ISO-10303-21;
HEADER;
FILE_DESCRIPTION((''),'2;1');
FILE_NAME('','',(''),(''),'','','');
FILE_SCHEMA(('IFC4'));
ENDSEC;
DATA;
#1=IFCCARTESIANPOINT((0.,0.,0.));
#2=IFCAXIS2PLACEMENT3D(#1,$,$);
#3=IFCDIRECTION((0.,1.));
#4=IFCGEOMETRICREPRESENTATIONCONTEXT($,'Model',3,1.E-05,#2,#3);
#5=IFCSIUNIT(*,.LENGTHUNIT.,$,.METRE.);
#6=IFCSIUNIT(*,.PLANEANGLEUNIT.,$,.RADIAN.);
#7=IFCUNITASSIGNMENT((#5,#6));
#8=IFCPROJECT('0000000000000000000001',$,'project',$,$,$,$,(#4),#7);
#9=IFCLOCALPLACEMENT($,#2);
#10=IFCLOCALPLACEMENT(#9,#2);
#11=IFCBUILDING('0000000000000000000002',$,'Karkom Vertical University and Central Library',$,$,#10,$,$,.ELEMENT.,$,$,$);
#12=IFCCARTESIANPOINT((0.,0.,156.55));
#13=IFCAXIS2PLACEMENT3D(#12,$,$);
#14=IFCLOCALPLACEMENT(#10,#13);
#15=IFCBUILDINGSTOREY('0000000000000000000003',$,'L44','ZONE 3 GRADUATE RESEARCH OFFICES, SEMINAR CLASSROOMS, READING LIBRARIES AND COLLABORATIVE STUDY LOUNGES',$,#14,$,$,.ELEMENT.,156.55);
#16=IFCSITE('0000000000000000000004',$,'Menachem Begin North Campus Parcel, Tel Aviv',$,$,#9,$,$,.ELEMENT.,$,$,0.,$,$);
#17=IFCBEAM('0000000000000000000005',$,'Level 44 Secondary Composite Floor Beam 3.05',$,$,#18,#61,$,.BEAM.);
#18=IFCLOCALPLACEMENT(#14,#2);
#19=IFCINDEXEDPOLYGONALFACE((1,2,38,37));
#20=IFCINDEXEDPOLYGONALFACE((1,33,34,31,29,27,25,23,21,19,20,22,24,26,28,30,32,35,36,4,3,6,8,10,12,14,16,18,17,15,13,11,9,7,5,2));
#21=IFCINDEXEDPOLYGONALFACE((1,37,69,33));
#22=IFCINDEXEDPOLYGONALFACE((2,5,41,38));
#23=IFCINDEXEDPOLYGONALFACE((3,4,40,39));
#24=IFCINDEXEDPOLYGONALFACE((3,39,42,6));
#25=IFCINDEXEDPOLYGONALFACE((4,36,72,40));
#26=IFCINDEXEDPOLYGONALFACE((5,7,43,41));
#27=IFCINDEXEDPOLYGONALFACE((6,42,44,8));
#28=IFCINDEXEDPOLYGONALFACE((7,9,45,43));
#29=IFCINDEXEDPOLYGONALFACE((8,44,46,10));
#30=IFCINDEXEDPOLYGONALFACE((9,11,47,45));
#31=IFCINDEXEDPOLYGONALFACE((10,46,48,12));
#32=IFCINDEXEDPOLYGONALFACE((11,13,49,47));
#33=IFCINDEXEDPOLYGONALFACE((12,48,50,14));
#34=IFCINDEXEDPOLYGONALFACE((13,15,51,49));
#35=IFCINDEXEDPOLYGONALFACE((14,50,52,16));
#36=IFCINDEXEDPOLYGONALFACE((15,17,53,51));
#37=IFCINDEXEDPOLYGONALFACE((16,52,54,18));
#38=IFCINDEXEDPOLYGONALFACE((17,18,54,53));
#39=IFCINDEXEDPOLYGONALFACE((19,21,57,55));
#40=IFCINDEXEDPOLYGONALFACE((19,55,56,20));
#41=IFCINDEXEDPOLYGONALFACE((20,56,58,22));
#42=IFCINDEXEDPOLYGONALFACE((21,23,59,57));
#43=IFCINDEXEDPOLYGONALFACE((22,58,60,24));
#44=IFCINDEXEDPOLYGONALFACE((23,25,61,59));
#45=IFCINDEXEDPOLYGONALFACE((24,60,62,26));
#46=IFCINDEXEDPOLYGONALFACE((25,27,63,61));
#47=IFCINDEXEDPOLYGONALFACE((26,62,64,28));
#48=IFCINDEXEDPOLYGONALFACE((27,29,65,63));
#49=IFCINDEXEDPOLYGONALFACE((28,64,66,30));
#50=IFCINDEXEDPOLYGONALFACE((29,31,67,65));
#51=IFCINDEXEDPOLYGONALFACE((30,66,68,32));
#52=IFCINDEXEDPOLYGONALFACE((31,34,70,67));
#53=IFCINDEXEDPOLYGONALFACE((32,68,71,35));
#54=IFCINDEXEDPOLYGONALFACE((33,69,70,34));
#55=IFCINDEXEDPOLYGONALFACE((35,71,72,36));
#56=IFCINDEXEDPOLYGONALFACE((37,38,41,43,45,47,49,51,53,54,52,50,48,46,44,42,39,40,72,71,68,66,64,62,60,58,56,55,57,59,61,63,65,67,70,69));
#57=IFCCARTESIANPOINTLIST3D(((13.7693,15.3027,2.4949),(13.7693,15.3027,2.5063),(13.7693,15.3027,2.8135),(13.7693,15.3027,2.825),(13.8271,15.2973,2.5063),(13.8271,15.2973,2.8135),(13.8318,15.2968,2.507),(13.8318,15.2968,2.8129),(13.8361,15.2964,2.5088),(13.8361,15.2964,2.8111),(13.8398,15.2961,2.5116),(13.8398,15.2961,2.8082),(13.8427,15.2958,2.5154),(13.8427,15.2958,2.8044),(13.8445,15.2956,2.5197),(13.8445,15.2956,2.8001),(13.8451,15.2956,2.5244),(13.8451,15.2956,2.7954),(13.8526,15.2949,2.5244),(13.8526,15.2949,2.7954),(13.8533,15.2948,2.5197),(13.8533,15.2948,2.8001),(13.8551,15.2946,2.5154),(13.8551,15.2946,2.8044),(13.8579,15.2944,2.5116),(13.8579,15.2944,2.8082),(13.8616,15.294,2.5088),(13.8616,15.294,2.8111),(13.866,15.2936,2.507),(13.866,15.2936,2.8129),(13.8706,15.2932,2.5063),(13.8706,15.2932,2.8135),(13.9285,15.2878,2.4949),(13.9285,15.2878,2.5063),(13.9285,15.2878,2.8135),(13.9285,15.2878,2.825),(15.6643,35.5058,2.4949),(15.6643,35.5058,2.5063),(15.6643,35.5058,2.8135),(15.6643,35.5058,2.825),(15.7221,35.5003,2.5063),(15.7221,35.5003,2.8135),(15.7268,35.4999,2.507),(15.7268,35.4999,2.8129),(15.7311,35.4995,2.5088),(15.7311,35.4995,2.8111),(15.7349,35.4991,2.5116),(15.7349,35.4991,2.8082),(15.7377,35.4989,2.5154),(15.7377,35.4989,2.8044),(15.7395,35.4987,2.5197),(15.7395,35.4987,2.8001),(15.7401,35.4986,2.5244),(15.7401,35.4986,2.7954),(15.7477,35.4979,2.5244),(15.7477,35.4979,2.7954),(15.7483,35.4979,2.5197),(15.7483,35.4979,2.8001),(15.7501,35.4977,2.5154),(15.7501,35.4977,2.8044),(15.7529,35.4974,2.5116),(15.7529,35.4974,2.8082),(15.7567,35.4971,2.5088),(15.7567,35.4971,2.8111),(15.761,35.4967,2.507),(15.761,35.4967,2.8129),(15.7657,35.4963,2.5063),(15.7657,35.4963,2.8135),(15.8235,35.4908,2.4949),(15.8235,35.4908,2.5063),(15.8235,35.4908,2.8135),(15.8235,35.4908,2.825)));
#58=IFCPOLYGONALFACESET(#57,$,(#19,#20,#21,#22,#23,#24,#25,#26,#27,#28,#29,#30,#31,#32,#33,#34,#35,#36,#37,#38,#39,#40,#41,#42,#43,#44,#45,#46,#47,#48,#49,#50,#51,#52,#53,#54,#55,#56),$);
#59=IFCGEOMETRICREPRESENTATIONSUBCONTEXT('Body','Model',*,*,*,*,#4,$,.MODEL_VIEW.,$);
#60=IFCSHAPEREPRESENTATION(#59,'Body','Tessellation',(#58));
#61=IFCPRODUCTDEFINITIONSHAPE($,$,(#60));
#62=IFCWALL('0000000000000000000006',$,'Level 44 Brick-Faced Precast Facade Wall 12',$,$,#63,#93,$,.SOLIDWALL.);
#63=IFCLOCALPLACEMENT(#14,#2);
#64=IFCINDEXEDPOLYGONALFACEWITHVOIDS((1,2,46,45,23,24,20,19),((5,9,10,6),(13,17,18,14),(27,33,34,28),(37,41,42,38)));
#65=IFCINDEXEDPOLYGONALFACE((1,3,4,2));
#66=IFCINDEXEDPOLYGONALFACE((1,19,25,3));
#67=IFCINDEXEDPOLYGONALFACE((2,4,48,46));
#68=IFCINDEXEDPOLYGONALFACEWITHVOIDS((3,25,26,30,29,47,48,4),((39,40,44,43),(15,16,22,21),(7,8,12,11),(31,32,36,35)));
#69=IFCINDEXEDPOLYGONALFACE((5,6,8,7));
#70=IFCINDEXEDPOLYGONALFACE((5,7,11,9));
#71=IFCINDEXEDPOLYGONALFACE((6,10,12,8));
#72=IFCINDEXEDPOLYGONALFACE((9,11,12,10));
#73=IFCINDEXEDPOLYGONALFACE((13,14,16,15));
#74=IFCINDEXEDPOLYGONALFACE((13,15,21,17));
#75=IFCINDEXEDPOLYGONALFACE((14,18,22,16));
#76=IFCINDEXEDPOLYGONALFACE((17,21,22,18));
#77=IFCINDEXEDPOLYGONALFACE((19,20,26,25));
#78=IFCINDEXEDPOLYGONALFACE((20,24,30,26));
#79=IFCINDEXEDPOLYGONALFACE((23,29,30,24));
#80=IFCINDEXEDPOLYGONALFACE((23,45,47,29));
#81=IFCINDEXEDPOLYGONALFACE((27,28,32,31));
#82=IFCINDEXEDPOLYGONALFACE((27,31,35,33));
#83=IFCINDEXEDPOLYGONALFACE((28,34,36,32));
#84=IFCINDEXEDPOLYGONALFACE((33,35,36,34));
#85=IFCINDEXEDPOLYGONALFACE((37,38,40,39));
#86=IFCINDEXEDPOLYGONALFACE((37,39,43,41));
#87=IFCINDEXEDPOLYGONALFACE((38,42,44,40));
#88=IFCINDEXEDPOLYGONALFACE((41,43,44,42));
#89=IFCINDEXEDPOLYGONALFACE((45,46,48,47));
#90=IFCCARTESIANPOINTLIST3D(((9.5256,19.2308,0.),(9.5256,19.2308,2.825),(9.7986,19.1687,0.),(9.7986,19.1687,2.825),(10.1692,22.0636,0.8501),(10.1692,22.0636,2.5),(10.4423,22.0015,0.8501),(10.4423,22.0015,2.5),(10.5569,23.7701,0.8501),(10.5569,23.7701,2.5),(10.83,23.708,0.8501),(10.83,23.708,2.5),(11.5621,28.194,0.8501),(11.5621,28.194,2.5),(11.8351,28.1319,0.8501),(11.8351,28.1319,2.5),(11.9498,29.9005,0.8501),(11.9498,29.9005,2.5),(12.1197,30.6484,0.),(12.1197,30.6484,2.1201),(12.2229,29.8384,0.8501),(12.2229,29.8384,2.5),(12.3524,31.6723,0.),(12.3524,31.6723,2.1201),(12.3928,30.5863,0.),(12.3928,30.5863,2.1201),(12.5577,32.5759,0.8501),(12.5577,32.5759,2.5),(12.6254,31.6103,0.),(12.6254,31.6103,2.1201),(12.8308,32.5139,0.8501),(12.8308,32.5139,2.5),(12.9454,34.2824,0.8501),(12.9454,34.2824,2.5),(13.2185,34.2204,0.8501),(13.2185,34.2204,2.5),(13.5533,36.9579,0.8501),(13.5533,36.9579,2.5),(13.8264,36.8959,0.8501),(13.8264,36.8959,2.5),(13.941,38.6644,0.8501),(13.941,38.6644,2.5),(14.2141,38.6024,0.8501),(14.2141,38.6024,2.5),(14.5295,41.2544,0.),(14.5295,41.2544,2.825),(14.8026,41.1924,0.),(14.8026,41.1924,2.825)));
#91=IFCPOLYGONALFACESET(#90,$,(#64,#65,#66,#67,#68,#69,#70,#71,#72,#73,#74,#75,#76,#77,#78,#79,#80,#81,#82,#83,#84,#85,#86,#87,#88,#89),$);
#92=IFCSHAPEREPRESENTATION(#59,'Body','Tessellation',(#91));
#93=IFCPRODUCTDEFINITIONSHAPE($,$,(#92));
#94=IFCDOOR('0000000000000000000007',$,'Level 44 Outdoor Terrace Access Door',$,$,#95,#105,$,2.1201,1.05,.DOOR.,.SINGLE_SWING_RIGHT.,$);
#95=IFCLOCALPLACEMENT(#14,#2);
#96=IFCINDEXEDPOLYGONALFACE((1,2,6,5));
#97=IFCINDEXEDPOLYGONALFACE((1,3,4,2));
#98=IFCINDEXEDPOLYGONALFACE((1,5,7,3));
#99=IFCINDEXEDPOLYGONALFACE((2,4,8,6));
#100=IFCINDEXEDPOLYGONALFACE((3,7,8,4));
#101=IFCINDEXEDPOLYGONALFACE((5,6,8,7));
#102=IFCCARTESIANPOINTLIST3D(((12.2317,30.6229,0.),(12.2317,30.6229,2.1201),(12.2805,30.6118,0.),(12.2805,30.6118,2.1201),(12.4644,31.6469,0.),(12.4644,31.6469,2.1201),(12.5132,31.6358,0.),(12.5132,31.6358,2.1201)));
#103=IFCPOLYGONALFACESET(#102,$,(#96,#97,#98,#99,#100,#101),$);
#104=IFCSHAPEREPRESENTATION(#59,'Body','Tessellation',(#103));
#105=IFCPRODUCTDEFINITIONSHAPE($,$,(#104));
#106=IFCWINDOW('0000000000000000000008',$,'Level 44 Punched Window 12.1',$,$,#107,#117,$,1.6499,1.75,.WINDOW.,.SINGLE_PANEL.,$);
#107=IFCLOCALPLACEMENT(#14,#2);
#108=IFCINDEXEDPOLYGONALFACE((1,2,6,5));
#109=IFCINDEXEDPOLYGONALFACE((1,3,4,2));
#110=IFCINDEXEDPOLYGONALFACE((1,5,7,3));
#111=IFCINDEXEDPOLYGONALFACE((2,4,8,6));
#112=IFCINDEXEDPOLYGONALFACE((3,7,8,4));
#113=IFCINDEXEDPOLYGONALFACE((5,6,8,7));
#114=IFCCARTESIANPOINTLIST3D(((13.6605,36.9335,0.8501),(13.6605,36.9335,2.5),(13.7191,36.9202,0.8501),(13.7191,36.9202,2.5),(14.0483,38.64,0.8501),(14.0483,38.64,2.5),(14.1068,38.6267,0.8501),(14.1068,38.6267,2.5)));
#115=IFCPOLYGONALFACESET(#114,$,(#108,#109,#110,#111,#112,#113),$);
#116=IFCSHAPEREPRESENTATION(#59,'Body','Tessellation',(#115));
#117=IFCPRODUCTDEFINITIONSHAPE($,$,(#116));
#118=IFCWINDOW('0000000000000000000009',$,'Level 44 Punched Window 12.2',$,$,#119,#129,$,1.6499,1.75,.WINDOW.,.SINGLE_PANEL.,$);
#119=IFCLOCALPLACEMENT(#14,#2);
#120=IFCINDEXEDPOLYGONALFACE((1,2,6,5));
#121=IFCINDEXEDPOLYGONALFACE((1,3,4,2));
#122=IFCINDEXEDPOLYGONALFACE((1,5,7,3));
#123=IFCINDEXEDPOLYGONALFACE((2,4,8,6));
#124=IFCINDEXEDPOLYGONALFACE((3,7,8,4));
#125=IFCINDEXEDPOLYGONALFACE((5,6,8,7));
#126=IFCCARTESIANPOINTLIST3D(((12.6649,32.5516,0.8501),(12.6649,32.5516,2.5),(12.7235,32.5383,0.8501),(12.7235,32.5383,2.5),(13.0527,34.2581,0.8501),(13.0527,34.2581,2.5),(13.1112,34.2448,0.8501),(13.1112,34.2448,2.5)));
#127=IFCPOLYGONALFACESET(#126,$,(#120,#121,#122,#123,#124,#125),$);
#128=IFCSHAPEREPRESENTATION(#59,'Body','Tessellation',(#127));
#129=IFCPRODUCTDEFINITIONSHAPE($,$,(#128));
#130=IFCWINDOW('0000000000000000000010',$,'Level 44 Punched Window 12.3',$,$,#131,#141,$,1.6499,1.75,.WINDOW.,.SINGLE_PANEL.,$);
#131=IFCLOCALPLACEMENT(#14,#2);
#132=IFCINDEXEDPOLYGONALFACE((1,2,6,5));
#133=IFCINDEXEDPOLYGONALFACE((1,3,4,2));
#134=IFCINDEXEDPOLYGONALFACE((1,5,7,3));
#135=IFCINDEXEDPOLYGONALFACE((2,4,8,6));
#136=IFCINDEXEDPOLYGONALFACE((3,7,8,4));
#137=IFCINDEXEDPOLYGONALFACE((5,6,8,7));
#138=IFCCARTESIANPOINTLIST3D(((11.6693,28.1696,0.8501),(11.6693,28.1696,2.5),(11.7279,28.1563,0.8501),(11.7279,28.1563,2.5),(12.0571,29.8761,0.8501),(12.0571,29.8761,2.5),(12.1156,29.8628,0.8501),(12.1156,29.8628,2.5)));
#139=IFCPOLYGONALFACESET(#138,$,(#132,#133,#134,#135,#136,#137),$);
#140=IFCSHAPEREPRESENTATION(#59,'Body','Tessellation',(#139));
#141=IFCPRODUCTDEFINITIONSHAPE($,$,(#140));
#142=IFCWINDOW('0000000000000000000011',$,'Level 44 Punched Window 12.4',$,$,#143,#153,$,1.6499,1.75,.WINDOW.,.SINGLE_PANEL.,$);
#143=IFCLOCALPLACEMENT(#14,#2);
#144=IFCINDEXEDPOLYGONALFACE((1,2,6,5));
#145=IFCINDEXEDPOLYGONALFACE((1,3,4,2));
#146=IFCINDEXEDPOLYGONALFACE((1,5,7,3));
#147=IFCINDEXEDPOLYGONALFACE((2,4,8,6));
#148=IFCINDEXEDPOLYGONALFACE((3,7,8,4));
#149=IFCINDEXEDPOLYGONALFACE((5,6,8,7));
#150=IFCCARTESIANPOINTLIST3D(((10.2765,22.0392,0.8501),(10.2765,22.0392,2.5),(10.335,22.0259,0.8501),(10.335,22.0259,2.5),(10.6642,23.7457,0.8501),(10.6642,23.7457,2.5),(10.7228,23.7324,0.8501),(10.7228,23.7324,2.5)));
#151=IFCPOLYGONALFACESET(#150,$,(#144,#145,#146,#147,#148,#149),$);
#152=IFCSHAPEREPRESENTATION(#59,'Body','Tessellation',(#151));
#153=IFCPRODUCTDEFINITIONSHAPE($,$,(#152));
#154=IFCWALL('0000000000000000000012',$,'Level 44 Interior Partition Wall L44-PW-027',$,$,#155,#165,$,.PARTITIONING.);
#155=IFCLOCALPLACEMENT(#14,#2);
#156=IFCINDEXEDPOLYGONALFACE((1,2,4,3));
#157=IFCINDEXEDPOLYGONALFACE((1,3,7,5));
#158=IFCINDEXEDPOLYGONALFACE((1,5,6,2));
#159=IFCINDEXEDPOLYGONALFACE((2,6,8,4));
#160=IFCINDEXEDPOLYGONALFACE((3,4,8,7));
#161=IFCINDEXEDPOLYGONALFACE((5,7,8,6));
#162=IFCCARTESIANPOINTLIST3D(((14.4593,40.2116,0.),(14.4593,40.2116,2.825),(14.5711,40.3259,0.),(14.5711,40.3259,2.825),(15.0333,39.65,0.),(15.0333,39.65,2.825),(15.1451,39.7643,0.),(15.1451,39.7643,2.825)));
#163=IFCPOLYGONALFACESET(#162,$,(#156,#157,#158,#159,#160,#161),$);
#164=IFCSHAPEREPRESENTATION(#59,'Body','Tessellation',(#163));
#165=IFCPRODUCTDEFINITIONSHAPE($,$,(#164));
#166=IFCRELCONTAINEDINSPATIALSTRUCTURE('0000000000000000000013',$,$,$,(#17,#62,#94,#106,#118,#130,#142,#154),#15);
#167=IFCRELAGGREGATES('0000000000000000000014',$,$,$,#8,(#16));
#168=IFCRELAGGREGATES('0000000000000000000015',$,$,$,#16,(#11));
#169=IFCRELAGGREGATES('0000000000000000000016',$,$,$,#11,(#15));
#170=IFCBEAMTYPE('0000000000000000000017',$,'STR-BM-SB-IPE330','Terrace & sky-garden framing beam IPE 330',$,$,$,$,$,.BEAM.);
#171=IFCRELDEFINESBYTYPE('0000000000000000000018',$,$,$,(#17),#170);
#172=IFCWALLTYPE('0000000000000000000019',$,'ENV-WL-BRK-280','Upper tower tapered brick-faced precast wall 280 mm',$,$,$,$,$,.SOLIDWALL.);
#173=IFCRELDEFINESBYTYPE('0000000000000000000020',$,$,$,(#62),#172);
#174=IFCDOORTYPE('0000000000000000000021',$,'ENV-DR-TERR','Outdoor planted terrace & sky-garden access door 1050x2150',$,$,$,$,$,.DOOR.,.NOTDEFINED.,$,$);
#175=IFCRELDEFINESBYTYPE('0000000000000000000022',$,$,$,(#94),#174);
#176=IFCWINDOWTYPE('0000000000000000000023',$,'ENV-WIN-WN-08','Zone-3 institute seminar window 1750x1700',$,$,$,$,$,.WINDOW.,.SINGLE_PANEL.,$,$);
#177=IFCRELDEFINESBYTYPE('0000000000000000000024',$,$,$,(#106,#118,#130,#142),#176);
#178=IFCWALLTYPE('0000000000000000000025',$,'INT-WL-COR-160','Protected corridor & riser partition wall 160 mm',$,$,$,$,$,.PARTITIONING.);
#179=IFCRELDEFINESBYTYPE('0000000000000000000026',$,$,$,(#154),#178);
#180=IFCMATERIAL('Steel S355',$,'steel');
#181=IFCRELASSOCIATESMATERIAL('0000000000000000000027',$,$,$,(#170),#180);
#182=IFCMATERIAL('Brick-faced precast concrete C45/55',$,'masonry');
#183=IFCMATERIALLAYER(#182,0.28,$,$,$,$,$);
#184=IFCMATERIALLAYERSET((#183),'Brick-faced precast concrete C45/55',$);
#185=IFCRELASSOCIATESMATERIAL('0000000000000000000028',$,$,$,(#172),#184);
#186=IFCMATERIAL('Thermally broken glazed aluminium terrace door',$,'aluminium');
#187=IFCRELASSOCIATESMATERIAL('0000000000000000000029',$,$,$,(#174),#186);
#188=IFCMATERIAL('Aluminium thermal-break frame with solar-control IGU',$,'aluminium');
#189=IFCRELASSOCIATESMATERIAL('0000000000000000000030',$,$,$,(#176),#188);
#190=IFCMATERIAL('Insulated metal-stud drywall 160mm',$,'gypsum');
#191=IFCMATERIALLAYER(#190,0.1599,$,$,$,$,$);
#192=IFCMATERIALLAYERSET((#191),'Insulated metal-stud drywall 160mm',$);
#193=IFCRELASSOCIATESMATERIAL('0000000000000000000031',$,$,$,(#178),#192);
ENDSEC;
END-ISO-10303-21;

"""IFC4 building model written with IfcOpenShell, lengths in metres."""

from ifc_helpers import new_model, si_unit, direction, frame, frame_2d, origin, origin_with_axes, origin_2d, place, context, subcontext, project, spatial, rectangle, i_section, extrude, source, transform, mapped, material, layer, layer_set, material_profile, profile_set, type_object, element, fill, save


model = new_model("IFC4")

# Units and contexts
model_context = context("Model", 3, precision=1e-05, world=origin(), true_north=direction((0.0, 1.0)))
body_context = subcontext(model_context, "Body", "Model", "MODEL_VIEW")
ifc_project = project(units=[si_unit("LENGTHUNIT", "METRE"), si_unit("PLANEANGLEUNIT", "RADIAN")], contexts=[model_context])

# Site, building, storey
site_placement = place(None, origin())
site = spatial("IfcSite", under=ifc_project, at=site_placement, Name="Menachem Begin North Campus Parcel, Tel Aviv", CompositionType="ELEMENT", RefElevation=0.0)
building_placement = place(site_placement, origin())
building = spatial("IfcBuilding", under=site, at=building_placement, Name="Karkom Vertical University and Central Library", CompositionType="ELEMENT")
storey_placement = place(building_placement, frame((0.0, 0.0, 156.55)))
storey = spatial("IfcBuildingStorey", under=building, at=storey_placement, Name="L44", Description="ZONE 3 GRADUATE RESEARCH OFFICES, SEMINAR CLASSROOMS, READING LIBRARIES AND COLLABORATIVE STUDY LOUNGES", CompositionType="ELEMENT", Elevation=156.55)

# Beam
ifc_material_1 = material(Name="Steel S355", Category="steel")
ifc_material_profile_1 = material_profile(ifc_material_1, i_section(OverallWidth=0.1599, OverallDepth=0.3301, WebThickness=0.0076, FlangeThickness=0.0115, FilletRadius=0.0181, at=origin_2d()), Name="IPE 330")
ifc_profile_set_1 = profile_set([ifc_material_profile_1], Name="Steel S355")
beam_type_1 = type_object("IfcBeamType", Name="STR-BM-SB-IPE330", Description="Terrace & sky-garden framing beam IPE 330", PredefinedType="BEAM", material=ifc_profile_set_1)
shared_shape_1 = source(origin_with_axes(), body_context, "Body", "SweptSolid", [
    extrude(i_section(OverallWidth=0.1599, OverallDepth=0.3301, WebThickness=0.0076, FlangeThickness=0.0115, FilletRadius=0.0181, at=origin_2d()), origin(), (0.0, 0.0, 1.0), 20.2917),
])
beam_1_placement = place(storey_placement, frame((15.7439, 35.4983, 2.6599), z_axis=(-0.093388, -0.99563, 0.0), x_axis=(0.99563, -0.093388, 0.0)))
element("IfcBeam", 1, at=beam_1_placement, inside=storey, type_object=beam_type_1, Name="Level 44 Secondary Composite Floor Beam 3.05", PredefinedType="BEAM", context=body_context, shape_type="MappedRepresentation", body=[
    mapped(shared_shape_1, transform((0.0, 0.0, 0.0), scale=1.0)),
])

# Wall, openings, door, windows
ifc_material_2 = material(Name="Brick-faced precast concrete C45/55", Category="masonry")
ifc_layer_1 = layer(ifc_material_2, 0.28)
ifc_layer_set_1 = layer_set([ifc_layer_1], Name="Brick-faced precast concrete C45/55")
wall_type_1 = type_object("IfcWallType", Name="ENV-WL-BRK-280", Description="Upper tower tapered brick-faced precast wall 280 mm", PredefinedType="SOLIDWALL", material=ifc_layer_set_1)
wall_1_placement = place(storey_placement, frame((14.666, 41.2234, 0.0), z_axis=(0.0, 0.0, 1.0), x_axis=(-0.221559, -0.975147, 0.0)))
wall_1 = element("IfcWall", 2, at=wall_1_placement, inside=storey, type_object=wall_type_1, Name="Level 44 Brick-Faced Precast Facade Wall 12", PredefinedType="SOLIDWALL", context=body_context, shape_type="SweptSolid", body=[
    extrude(rectangle(XDim=22.585, YDim=0.28, at=frame_2d((11.2925, 0.0))), origin(), (0.0, 0.0, 1.0), 2.825),
])
opening_1_placement = place(wall_1_placement, frame((2.656, 0.0, 0.8501)))
opening_1 = element("IfcOpeningElement", 3, at=opening_1_placement, cuts=wall_1, PredefinedType="OPENING", context=body_context, shape_type="SweptSolid", body=[
    extrude(rectangle(XDim=1.75, YDim=1.6499, at=frame_2d((0.875, 0.825))), frame((0.0, 0.1499, 0.0), z_axis=(0.0, -1.0, 0.0), x_axis=(1.0, 0.0, 0.0)), (0.0, 0.0, 1.0), 0.3),
])
opening_2_placement = place(wall_1_placement, frame((7.1497, 0.0, 0.8501)))
opening_2 = element("IfcOpeningElement", 4, at=opening_2_placement, cuts=wall_1, PredefinedType="OPENING", context=body_context, shape_type="SweptSolid", body=[
    extrude(rectangle(XDim=1.75, YDim=1.6499, at=frame_2d((0.875, 0.825))), frame((0.0, 0.1499, 0.0), z_axis=(0.0, -1.0, 0.0), x_axis=(1.0, 0.0, 0.0)), (0.0, 0.0, 1.0), 0.3),
])
opening_3_placement = place(wall_1_placement, frame((11.6433, 0.0, 0.8501)))
opening_3 = element("IfcOpeningElement", 5, at=opening_3_placement, cuts=wall_1, PredefinedType="OPENING", context=body_context, shape_type="SweptSolid", body=[
    extrude(rectangle(XDim=1.75, YDim=1.6499, at=frame_2d((0.875, 0.825))), frame((0.0, 0.1499, 0.0), z_axis=(0.0, -1.0, 0.0), x_axis=(1.0, 0.0, 0.0)), (0.0, 0.0, 1.0), 0.3),
])
opening_4_placement = place(wall_1_placement, frame((17.9299, 0.0, 0.8501)))
opening_4 = element("IfcOpeningElement", 6, at=opening_4_placement, cuts=wall_1, PredefinedType="OPENING", context=body_context, shape_type="SweptSolid", body=[
    extrude(rectangle(XDim=1.75, YDim=1.6499, at=frame_2d((0.875, 0.825))), frame((0.0, 0.1499, 0.0), z_axis=(0.0, -1.0, 0.0), x_axis=(1.0, 0.0, 0.0)), (0.0, 0.0, 1.0), 0.3),
])
opening_5_placement = place(wall_1_placement, frame((9.8264, 0.0, 0.0)))
opening_5 = element("IfcOpeningElement", 7, at=opening_5_placement, cuts=wall_1, PredefinedType="OPENING", context=body_context, shape_type="SweptSolid", body=[
    extrude(rectangle(XDim=1.05, YDim=2.1201, at=frame_2d((0.5249, 1.0601))), frame((0.0, 0.1499, 0.0), z_axis=(0.0, -1.0, 0.0), x_axis=(1.0, 0.0, 0.0)), (0.0, 0.0, 1.0), 0.3),
])
ifc_material_3 = material(Name="Thermally broken glazed aluminium terrace door", Category="aluminium")
door_type_1 = type_object("IfcDoorType", Name="ENV-DR-TERR", Description="Outdoor planted terrace & sky-garden access door 1050x2150", OperationType="NOTDEFINED", PredefinedType="DOOR", material=ifc_material_3)
shared_shape_2 = source(origin_with_axes(), body_context, "Body", "SweptSolid", [
    extrude(rectangle(XDim=1.05, YDim=2.1201, at=frame_2d((0.5249, 1.0601))), frame((0.0, 0.0249, 0.0), z_axis=(0.0, -1.0, 0.0), x_axis=(1.0, 0.0, 0.0)), (0.0, 0.0, 1.0), 0.05),
])
door_1_placement = place(opening_5_placement, origin())
door_1 = element("IfcDoor", 8, at=door_1_placement, inside=storey, type_object=door_type_1, Name="Level 44 Outdoor Terrace Access Door", OperationType="SINGLE_SWING_RIGHT", OverallHeight=2.1201, OverallWidth=1.05, PredefinedType="DOOR", context=body_context, shape_type="MappedRepresentation", body=[
    mapped(shared_shape_2, transform((0.0, 0.0, 0.0), scale=1.0)),
])
fill(opening_5, door_1)
ifc_material_4 = material(Name="Aluminium thermal-break frame with solar-control IGU", Category="aluminium")
window_type = type_object("IfcWindowType", Name="ENV-WIN-WN-08", Description="Zone-3 institute seminar window 1750x1700", PartitioningType="SINGLE_PANEL", PredefinedType="WINDOW", material=ifc_material_4)
shared_shape_3 = source(origin_with_axes(), body_context, "Body", "SweptSolid", [
    extrude(rectangle(XDim=1.75, YDim=1.6499, at=frame_2d((0.875, 0.825))), frame((0.0, 0.03, 0.0), z_axis=(0.0, -1.0, 0.0), x_axis=(1.0, 0.0, 0.0)), (0.0, 0.0, 1.0), 0.0601),
])
window_1_placement = place(opening_1_placement, origin())
window_1 = element("IfcWindow", 9, at=window_1_placement, inside=storey, type_object=window_type, Name="Level 44 Punched Window 12.1", OverallHeight=1.6499, OverallWidth=1.75, PartitioningType="SINGLE_PANEL", PredefinedType="WINDOW", context=body_context, shape_type="MappedRepresentation", body=[
    mapped(shared_shape_3, transform((0.0, 0.0, 0.0), scale=1.0)),
])
fill(opening_1, window_1)
window_2_placement = place(opening_2_placement, origin())
window_2 = element("IfcWindow", 10, at=window_2_placement, inside=storey, type_object=window_type, Name="Level 44 Punched Window 12.2", OverallHeight=1.6499, OverallWidth=1.75, PartitioningType="SINGLE_PANEL", PredefinedType="WINDOW", context=body_context, shape_type="MappedRepresentation", body=[
    mapped(shared_shape_3, transform((0.0, 0.0, 0.0), scale=1.0)),
])
fill(opening_2, window_2)
window_3_placement = place(opening_3_placement, origin())
window_3 = element("IfcWindow", 11, at=window_3_placement, inside=storey, type_object=window_type, Name="Level 44 Punched Window 12.3", OverallHeight=1.6499, OverallWidth=1.75, PartitioningType="SINGLE_PANEL", PredefinedType="WINDOW", context=body_context, shape_type="MappedRepresentation", body=[
    mapped(shared_shape_3, transform((0.0, 0.0, 0.0), scale=1.0)),
])
fill(opening_3, window_3)
window_4_placement = place(opening_4_placement, origin())
window_4 = element("IfcWindow", 12, at=window_4_placement, inside=storey, type_object=window_type, Name="Level 44 Punched Window 12.4", OverallHeight=1.6499, OverallWidth=1.75, PartitioningType="SINGLE_PANEL", PredefinedType="WINDOW", context=body_context, shape_type="MappedRepresentation", body=[
    mapped(shared_shape_3, transform((0.0, 0.0, 0.0), scale=1.0)),
])
fill(opening_4, window_4)

# Shared definitions
ifc_material_5 = material(Name="Insulated metal-stud drywall 160mm", Category="gypsum")
ifc_layer_2 = layer(ifc_material_5, 0.1599)
ifc_layer_set_2 = layer_set([ifc_layer_2], Name="Insulated metal-stud drywall 160mm")
wall_type_2 = type_object("IfcWallType", Name="INT-WL-COR-160", Description="Protected corridor & riser partition wall 160 mm", PredefinedType="PARTITIONING", material=ifc_layer_set_2)

# Wall
wall_2_placement = place(storey_placement, frame((15.0891, 39.7073, 0.0), z_axis=(0.0, 0.0, 1.0), x_axis=(-0.714818, 0.699311, 0.0)))
element("IfcWall", 13, at=wall_2_placement, inside=storey, type_object=wall_type_2, Name="Level 44 Interior Partition Wall L44-PW-027", PredefinedType="PARTITIONING", context=body_context, shape_type="SweptSolid", body=[
    extrude(rectangle(XDim=0.803, YDim=0.1599, at=frame_2d((0.4014, 0.0))), origin(), (0.0, 0.0, 1.0), 2.825),
])

save(model, "model.ifc")
